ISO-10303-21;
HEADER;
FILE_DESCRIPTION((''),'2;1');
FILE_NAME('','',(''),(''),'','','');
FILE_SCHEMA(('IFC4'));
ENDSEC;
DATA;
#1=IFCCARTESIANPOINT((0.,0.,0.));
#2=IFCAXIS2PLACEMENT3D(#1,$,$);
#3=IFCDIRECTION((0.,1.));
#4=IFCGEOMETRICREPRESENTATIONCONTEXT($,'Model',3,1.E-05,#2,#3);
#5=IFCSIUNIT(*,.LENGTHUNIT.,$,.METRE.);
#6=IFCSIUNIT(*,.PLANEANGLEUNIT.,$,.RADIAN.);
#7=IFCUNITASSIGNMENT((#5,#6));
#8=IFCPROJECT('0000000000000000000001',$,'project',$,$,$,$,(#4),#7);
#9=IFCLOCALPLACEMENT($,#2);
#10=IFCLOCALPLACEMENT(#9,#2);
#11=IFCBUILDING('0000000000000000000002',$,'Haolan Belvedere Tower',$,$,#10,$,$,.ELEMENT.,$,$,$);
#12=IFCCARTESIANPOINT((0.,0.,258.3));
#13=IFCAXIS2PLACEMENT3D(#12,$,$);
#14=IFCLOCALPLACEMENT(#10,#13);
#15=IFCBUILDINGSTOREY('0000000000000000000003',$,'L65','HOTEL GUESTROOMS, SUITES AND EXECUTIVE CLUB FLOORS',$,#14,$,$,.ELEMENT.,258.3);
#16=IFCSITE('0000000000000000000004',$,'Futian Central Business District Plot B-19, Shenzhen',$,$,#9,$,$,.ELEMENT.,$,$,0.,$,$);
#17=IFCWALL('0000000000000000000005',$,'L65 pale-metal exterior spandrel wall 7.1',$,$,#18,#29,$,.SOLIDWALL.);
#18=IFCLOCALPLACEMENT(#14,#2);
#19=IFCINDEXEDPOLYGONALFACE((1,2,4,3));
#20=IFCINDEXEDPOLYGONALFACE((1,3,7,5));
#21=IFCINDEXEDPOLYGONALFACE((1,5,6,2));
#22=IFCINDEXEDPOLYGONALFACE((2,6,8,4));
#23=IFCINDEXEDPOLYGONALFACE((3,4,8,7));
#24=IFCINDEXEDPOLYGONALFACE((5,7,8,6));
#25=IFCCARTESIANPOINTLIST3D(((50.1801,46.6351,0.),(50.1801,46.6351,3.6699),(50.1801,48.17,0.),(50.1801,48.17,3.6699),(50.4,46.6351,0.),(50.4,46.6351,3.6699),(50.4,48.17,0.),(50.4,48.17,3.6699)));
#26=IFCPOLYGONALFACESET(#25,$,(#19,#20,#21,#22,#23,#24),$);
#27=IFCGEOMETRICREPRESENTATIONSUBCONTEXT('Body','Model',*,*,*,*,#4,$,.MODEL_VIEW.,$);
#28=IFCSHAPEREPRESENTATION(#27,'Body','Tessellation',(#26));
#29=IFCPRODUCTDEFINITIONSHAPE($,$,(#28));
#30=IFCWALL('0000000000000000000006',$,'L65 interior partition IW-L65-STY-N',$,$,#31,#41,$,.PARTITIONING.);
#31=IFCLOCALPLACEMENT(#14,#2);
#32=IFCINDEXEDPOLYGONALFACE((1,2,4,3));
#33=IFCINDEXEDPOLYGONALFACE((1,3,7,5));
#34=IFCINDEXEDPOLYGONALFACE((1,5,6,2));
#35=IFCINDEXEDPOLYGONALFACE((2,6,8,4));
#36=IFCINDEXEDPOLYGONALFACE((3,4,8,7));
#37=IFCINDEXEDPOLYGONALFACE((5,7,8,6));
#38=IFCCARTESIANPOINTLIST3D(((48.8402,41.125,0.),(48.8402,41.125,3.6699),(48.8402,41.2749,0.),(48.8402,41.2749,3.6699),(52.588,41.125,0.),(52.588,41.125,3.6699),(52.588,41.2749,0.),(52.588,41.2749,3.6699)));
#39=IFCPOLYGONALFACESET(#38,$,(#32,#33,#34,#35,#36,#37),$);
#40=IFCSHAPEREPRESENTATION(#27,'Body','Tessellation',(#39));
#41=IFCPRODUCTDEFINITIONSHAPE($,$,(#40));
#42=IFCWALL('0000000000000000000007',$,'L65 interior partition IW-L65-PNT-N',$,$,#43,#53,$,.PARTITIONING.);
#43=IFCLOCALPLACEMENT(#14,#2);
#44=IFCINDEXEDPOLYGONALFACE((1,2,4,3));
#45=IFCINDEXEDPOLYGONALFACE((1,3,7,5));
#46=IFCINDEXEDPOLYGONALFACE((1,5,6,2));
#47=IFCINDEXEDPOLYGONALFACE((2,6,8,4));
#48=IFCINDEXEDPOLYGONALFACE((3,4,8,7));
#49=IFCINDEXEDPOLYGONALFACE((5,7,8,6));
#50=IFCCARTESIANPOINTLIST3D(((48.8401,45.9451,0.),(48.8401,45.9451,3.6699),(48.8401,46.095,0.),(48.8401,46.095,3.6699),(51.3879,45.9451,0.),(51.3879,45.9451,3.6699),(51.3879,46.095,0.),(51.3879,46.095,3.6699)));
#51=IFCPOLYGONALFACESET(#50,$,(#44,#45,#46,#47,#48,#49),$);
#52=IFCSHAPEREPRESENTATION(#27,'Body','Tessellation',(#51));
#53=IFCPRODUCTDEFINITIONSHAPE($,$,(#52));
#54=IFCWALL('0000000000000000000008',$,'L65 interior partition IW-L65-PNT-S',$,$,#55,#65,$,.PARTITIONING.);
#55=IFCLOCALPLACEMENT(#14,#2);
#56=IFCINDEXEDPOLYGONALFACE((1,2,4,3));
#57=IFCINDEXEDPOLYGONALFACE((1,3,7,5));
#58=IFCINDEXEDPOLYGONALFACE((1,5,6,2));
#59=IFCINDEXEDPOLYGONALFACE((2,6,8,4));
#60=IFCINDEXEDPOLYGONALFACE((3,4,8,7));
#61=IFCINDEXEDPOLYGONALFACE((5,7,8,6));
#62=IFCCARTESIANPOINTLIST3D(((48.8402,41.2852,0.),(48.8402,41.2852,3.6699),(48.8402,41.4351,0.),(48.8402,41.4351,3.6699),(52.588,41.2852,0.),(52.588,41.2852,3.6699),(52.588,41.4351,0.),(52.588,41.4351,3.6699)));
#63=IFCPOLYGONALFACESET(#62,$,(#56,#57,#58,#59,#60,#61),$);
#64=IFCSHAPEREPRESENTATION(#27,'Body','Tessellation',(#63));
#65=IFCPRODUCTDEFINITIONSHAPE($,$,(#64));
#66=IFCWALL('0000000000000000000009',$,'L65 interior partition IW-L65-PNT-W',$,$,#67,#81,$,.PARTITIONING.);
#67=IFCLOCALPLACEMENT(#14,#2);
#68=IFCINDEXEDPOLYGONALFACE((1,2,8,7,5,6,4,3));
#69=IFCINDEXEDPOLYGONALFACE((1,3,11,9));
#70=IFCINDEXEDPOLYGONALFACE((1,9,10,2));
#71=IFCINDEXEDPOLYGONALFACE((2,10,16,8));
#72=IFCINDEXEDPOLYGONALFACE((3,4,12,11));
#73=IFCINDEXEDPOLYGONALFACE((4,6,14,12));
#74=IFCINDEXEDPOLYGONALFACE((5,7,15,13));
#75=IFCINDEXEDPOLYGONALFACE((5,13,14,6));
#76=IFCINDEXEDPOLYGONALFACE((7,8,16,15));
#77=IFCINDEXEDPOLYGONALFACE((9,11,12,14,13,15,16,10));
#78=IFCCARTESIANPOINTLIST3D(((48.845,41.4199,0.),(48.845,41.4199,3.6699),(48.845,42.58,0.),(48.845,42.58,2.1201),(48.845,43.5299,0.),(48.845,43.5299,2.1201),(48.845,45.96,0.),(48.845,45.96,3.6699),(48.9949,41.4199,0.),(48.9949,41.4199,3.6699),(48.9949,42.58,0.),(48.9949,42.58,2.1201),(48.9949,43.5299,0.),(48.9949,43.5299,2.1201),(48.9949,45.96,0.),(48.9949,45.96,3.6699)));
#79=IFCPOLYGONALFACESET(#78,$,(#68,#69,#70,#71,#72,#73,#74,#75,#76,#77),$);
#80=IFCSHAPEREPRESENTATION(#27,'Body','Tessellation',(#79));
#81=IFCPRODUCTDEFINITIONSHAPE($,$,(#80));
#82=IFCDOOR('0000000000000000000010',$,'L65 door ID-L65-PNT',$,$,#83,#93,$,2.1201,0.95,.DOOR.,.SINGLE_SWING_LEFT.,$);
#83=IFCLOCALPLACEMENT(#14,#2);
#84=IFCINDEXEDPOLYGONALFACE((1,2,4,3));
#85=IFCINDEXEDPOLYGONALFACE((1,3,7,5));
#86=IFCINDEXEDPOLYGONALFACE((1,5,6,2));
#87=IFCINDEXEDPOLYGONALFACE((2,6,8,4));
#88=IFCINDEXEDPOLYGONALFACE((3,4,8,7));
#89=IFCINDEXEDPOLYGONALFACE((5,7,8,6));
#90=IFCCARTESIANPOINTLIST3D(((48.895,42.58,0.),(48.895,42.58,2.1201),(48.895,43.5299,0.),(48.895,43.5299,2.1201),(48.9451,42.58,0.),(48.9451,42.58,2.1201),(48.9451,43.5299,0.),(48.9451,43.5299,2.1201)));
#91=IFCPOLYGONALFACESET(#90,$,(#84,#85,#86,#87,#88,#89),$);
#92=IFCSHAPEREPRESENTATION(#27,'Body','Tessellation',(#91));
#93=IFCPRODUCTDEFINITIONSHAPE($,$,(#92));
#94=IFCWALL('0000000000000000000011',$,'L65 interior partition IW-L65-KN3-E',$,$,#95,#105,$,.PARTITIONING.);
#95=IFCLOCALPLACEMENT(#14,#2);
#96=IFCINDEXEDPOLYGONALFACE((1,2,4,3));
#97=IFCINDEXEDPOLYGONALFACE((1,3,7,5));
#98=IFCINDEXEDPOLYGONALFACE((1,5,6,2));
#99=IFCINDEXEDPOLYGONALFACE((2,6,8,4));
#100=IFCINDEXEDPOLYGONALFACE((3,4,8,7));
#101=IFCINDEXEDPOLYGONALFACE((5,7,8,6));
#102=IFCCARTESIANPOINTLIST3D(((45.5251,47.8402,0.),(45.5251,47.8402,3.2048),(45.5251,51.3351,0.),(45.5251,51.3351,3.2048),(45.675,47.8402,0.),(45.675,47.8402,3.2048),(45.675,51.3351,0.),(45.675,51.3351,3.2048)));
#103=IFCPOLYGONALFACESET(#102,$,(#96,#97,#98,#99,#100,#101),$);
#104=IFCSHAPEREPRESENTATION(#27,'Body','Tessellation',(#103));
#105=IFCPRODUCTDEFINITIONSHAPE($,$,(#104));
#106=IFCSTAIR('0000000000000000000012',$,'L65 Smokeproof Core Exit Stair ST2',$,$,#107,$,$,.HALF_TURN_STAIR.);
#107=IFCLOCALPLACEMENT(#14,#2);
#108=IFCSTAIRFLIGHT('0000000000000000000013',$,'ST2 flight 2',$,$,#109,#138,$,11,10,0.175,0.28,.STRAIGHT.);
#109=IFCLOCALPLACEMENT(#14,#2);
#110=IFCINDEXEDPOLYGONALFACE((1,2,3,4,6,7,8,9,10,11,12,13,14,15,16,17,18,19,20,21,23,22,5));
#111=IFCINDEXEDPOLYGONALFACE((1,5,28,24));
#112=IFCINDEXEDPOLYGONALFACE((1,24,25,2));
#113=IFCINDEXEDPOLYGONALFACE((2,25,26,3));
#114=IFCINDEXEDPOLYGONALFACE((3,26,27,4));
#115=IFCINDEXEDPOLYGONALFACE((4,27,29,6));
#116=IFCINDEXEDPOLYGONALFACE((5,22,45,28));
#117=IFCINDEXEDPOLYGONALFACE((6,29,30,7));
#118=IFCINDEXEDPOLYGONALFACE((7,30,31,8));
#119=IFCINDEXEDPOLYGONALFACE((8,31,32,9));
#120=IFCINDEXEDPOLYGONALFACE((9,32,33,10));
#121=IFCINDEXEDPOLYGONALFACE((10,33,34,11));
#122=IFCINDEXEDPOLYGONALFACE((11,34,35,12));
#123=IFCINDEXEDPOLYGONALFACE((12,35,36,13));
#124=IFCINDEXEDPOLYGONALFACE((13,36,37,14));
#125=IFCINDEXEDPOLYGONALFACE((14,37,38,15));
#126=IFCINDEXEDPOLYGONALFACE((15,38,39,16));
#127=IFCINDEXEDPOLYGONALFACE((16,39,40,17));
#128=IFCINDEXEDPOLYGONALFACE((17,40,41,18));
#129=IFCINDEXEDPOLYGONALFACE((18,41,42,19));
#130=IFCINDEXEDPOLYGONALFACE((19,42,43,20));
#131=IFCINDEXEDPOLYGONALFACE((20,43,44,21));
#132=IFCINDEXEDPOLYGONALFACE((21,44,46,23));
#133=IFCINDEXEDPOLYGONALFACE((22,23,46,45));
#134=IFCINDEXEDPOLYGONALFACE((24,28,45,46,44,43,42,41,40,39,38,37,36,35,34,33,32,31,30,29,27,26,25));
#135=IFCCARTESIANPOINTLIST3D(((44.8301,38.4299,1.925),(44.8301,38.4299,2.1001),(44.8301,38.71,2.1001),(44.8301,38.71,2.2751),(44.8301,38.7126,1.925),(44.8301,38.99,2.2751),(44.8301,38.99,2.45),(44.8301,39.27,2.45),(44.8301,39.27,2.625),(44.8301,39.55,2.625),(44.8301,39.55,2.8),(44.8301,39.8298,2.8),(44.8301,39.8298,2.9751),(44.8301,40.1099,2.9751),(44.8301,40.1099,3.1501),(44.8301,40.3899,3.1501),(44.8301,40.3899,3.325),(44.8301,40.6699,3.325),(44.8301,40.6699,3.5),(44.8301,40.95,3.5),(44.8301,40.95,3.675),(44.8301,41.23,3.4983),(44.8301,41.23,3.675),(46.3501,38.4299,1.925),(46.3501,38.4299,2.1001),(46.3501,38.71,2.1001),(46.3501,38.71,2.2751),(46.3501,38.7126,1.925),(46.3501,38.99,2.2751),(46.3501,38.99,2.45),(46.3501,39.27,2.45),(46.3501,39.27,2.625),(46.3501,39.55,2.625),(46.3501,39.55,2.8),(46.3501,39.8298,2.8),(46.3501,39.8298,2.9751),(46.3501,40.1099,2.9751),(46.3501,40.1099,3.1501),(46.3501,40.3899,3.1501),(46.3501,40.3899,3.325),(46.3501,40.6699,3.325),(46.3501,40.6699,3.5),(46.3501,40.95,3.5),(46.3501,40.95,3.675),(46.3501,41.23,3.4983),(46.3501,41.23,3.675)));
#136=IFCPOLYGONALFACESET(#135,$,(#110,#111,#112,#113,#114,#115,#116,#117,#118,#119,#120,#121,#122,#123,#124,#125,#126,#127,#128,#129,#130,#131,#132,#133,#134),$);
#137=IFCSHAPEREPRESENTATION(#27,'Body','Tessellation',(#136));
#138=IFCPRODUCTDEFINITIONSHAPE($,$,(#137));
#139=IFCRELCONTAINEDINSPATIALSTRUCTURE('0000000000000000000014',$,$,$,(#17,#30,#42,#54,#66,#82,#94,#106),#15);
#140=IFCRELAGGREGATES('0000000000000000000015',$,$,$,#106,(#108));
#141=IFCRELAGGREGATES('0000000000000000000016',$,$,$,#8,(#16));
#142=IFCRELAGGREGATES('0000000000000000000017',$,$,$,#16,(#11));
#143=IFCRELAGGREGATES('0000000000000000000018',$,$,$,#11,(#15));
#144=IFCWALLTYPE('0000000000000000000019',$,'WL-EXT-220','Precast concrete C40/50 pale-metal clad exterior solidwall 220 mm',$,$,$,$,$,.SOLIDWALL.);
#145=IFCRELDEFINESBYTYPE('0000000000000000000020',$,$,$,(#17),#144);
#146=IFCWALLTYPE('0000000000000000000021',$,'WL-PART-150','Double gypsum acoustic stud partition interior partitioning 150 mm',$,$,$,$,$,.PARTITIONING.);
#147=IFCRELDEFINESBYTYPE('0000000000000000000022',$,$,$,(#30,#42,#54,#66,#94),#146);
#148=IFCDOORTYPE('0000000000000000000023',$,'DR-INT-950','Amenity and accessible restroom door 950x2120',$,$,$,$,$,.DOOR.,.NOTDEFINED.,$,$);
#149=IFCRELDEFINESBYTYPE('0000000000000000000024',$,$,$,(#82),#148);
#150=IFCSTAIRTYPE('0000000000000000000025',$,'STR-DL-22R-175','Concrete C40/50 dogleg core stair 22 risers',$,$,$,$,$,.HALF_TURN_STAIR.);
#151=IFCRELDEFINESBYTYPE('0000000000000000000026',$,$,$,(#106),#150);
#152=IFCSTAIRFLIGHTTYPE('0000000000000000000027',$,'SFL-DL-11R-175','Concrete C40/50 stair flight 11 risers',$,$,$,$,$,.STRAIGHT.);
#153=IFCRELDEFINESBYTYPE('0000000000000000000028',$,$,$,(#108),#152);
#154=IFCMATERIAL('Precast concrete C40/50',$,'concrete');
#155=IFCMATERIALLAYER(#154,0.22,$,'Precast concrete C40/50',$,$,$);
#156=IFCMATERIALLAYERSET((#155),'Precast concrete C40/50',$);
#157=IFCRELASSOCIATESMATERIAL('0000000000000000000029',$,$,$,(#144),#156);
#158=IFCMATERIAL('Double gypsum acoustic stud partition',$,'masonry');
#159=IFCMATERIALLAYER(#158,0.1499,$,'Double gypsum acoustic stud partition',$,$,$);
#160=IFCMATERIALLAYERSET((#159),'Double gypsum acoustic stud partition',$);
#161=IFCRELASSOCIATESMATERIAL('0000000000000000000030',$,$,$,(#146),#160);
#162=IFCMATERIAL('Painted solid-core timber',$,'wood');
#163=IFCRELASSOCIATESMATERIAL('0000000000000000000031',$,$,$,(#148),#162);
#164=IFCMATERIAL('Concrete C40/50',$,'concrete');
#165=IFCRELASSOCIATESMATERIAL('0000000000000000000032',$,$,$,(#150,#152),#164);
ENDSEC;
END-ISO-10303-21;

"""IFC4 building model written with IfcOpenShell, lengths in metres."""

from ifc_helpers import new_model, si_unit, direction, frame, frame_2d, origin, place, context, subcontext, project, spatial, polyline, rectangle, outline, extrude, material, layer, layer_set, type_object, element, fill, aggregate, save


model = new_model("IFC4")

# Units and contexts
model_context = context("Model", 3, precision=1e-05, world=origin(), true_north=direction((0.0, 1.0)))
body_context = subcontext(model_context, "Body", "Model", "MODEL_VIEW")
ifc_project = project(units=[si_unit("LENGTHUNIT", "METRE"), si_unit("PLANEANGLEUNIT", "RADIAN")], contexts=[model_context])

# Site, building, storey
site_placement = place(None, origin())
site = spatial("IfcSite", under=ifc_project, at=site_placement, Name="Futian Central Business District Plot B-19, Shenzhen", CompositionType="ELEMENT", RefElevation=0.0)
building_placement = place(site_placement, origin())
building = spatial("IfcBuilding", under=site, at=building_placement, Name="Haolan Belvedere Tower", CompositionType="ELEMENT")
storey_placement = place(building_placement, frame((0.0, 0.0, 258.3)))
storey = spatial("IfcBuildingStorey", under=building, at=storey_placement, Name="L65", Description="HOTEL GUESTROOMS, SUITES AND EXECUTIVE CLUB FLOORS", CompositionType="ELEMENT", Elevation=258.3)

# Shared definitions
ifc_material_1 = material(Name="Precast concrete C40/50", Category="concrete")
ifc_layer_1 = layer(ifc_material_1, 0.22, Name="Precast concrete C40/50")
ifc_layer_set_1 = layer_set([ifc_layer_1], Name="Precast concrete C40/50")
wall_type_1 = type_object("IfcWallType", Name="WL-EXT-220", Description="Precast concrete C40/50 pale-metal clad exterior solidwall 220 mm", PredefinedType="SOLIDWALL", material=ifc_layer_set_1)

# Wall
wall_1_placement = place(storey_placement, frame((50.29, 46.635, 0.0), z_axis=(0.0, 0.0, 1.0), x_axis=(0.0, 1.0, 0.0)))
element("IfcWall", 1, at=wall_1_placement, inside=storey, type_object=wall_type_1, Name="L65 pale-metal exterior spandrel wall 7.1", PredefinedType="SOLIDWALL", context=body_context, shape_type="SweptSolid", body=[
    extrude(rectangle(XDim=1.5349, YDim=0.22, at=frame_2d((0.7676, 0.0))), origin(), (0.0, 0.0, 1.0), 3.6699),
])

# Shared definitions
ifc_material_2 = material(Name="Concrete C40/50", Category="concrete")

# Walls
ifc_material_3 = material(Name="Double gypsum acoustic stud partition", Category="masonry")
ifc_layer_2 = layer(ifc_material_3, 0.1499, Name="Double gypsum acoustic stud partition")
ifc_layer_set_2 = layer_set([ifc_layer_2], Name="Double gypsum acoustic stud partition")
wall_type_2 = type_object("IfcWallType", Name="WL-PART-150", Description="Double gypsum acoustic stud partition interior partitioning 150 mm", PredefinedType="PARTITIONING", material=ifc_layer_set_2)
wall_2_placement = place(storey_placement, frame((48.8401, 41.2, 0.0), z_axis=(0.0, 0.0, 1.0), x_axis=(1.0, 0.0, 0.0)))
element("IfcWall", 2, at=wall_2_placement, inside=storey, type_object=wall_type_2, Name="L65 interior partition IW-L65-STY-N", PredefinedType="PARTITIONING", context=body_context, shape_type="SweptSolid", body=[
    extrude(rectangle(XDim=3.7478, YDim=0.1499, at=frame_2d((1.874, 0.0))), origin(), (0.0, 0.0, 1.0), 3.6699),
])
wall_3_placement = place(storey_placement, frame((48.8401, 46.02, 0.0), z_axis=(0.0, 0.0, 1.0), x_axis=(1.0, 0.0, 0.0)))
element("IfcWall", 3, at=wall_3_placement, inside=storey, type_object=wall_type_2, Name="L65 interior partition IW-L65-PNT-N", PredefinedType="PARTITIONING", context=body_context, shape_type="SweptSolid", body=[
    extrude(rectangle(XDim=2.5479, YDim=0.1499, at=frame_2d((1.2739, 0.0))), origin(), (0.0, 0.0, 1.0), 3.6699),
])
wall_4_placement = place(storey_placement, frame((48.8401, 41.3601, 0.0), z_axis=(0.0, 0.0, 1.0), x_axis=(1.0, 0.0, 0.0)))
element("IfcWall", 4, at=wall_4_placement, inside=storey, type_object=wall_type_2, Name="L65 interior partition IW-L65-PNT-S", PredefinedType="PARTITIONING", context=body_context, shape_type="SweptSolid", body=[
    extrude(rectangle(XDim=3.7478, YDim=0.1499, at=frame_2d((1.874, 0.0))), origin(), (0.0, 0.0, 1.0), 3.6699),
])

# Wall, opening, door
wall_5_placement = place(storey_placement, frame((48.9199, 41.4199, 0.0), z_axis=(0.0, 0.0, 1.0), x_axis=(0.0, 1.0, 0.0)))
wall_5 = element("IfcWall", 5, at=wall_5_placement, inside=storey, type_object=wall_type_2, Name="L65 interior partition IW-L65-PNT-W", PredefinedType="PARTITIONING", context=body_context, shape_type="SweptSolid", body=[
    extrude(rectangle(XDim=4.54, YDim=0.1499, at=frame_2d((2.27, 0.0))), origin(), (0.0, 0.0, 1.0), 3.6699),
])
opening_1_placement = place(wall_5_placement, frame((1.1599, 0.0, 0.0)))
opening_1 = element("IfcOpeningElement", 6, at=opening_1_placement, cuts=wall_5, PredefinedType="OPENING", context=body_context, shape_type="SweptSolid", body=[
    extrude(rectangle(XDim=0.95, YDim=2.1201, at=frame_2d((0.4751, 1.0601))), frame((0.0, 0.085, 0.0), z_axis=(0.0, -1.0, 0.0), x_axis=(1.0, 0.0, 0.0)), (0.0, 0.0, 1.0), 0.1699),
])
ifc_material_4 = material(Name="Painted solid-core timber", Category="wood")
door_type_1 = type_object("IfcDoorType", Name="DR-INT-950", Description="Amenity and accessible restroom door 950x2120", OperationType="NOTDEFINED", PredefinedType="DOOR", material=ifc_material_4)
door_1_placement = place(opening_1_placement, origin())
door_1 = element("IfcDoor", 7, at=door_1_placement, inside=storey, type_object=door_type_1, Name="L65 door ID-L65-PNT", OperationType="SINGLE_SWING_LEFT", OverallHeight=2.1201, OverallWidth=0.95, PredefinedType="DOOR", context=body_context, shape_type="SweptSolid", body=[
    extrude(rectangle(XDim=0.95, YDim=2.1201, at=frame_2d((0.4751, 1.0601))), frame((0.0, 0.0249, 0.0), z_axis=(0.0, -1.0, 0.0), x_axis=(1.0, 0.0, 0.0)), (0.0, 0.0, 1.0), 0.05),
])
fill(opening_1, door_1)

# Wall
wall_6_placement = place(storey_placement, frame((45.6001, 47.8401, 0.0), z_axis=(0.0, 0.0, 1.0), x_axis=(0.0, 1.0, 0.0)))
element("IfcWall", 8, at=wall_6_placement, inside=storey, type_object=wall_type_2, Name="L65 interior partition IW-L65-KN3-E", PredefinedType="PARTITIONING", context=body_context, shape_type="SweptSolid", body=[
    extrude(rectangle(XDim=3.4949, YDim=0.1499, at=frame_2d((1.7476, 0.0))), origin(), (0.0, 0.0, 1.0), 3.2048),
])

# Stair, stair flight
stair_type = type_object("IfcStairType", Name="STR-DL-22R-175", Description="Concrete C40/50 dogleg core stair 22 risers", PredefinedType="HALF_TURN_STAIR", material=ifc_material_2)
stair_placement = place(storey_placement, origin())
stair = element("IfcStair", 9, at=stair_placement, inside=storey, type_object=stair_type, Name="L65 Smokeproof Core Exit Stair ST2", PredefinedType="HALF_TURN_STAIR")
stair_flight_type = type_object("IfcStairFlightType", Name="SFL-DL-11R-175", Description="Concrete C40/50 stair flight 11 risers", PredefinedType="STRAIGHT", material=ifc_material_2)
stair_flight_placement = place(storey_placement, frame((45.5901, 38.4299, 1.925), z_axis=(0.0, 0.0, 1.0), x_axis=(0.0, 1.0, 0.0)))
stair_flight = element("IfcStairFlight", 10, at=stair_flight_placement, type_object=stair_flight_type, Name="ST2 flight 2", NumberOfRisers=11, NumberOfTreads=10, PredefinedType="STRAIGHT", RiserHeight=0.175, TreadLength=0.28, context=body_context, shape_type="SweptSolid", body=[
    extrude(outline(polyline([(0.0, 0.0), (0.0, 0.175), (0.28, 0.175), (0.28, 0.3501), (0.5601, 0.3501), (0.5601, 0.5249), (0.8401, 0.5249), (0.8401, 0.7), (1.1201, 0.7), (1.1201, 0.875), (1.3999, 0.875), (1.3999, 1.05), (1.6799, 1.05), (1.6799, 1.2251), (1.96, 1.2251), (1.96, 1.3999), (2.24, 1.3999), (2.24, 1.575), (2.52, 1.575), (2.52, 1.75), (2.8, 1.75), (2.8, 1.925), (2.8, 1.5732), (0.2827, 0.0), (0.0, 0.0)])), frame((0.0, 0.76, 0.0), z_axis=(0.0, -1.0, 0.0), x_axis=(1.0, 0.0, 0.0)), (0.0, 0.0, 1.0), 1.52),
])
aggregate(stair, [stair_flight])

save(model, "model.ifc")
